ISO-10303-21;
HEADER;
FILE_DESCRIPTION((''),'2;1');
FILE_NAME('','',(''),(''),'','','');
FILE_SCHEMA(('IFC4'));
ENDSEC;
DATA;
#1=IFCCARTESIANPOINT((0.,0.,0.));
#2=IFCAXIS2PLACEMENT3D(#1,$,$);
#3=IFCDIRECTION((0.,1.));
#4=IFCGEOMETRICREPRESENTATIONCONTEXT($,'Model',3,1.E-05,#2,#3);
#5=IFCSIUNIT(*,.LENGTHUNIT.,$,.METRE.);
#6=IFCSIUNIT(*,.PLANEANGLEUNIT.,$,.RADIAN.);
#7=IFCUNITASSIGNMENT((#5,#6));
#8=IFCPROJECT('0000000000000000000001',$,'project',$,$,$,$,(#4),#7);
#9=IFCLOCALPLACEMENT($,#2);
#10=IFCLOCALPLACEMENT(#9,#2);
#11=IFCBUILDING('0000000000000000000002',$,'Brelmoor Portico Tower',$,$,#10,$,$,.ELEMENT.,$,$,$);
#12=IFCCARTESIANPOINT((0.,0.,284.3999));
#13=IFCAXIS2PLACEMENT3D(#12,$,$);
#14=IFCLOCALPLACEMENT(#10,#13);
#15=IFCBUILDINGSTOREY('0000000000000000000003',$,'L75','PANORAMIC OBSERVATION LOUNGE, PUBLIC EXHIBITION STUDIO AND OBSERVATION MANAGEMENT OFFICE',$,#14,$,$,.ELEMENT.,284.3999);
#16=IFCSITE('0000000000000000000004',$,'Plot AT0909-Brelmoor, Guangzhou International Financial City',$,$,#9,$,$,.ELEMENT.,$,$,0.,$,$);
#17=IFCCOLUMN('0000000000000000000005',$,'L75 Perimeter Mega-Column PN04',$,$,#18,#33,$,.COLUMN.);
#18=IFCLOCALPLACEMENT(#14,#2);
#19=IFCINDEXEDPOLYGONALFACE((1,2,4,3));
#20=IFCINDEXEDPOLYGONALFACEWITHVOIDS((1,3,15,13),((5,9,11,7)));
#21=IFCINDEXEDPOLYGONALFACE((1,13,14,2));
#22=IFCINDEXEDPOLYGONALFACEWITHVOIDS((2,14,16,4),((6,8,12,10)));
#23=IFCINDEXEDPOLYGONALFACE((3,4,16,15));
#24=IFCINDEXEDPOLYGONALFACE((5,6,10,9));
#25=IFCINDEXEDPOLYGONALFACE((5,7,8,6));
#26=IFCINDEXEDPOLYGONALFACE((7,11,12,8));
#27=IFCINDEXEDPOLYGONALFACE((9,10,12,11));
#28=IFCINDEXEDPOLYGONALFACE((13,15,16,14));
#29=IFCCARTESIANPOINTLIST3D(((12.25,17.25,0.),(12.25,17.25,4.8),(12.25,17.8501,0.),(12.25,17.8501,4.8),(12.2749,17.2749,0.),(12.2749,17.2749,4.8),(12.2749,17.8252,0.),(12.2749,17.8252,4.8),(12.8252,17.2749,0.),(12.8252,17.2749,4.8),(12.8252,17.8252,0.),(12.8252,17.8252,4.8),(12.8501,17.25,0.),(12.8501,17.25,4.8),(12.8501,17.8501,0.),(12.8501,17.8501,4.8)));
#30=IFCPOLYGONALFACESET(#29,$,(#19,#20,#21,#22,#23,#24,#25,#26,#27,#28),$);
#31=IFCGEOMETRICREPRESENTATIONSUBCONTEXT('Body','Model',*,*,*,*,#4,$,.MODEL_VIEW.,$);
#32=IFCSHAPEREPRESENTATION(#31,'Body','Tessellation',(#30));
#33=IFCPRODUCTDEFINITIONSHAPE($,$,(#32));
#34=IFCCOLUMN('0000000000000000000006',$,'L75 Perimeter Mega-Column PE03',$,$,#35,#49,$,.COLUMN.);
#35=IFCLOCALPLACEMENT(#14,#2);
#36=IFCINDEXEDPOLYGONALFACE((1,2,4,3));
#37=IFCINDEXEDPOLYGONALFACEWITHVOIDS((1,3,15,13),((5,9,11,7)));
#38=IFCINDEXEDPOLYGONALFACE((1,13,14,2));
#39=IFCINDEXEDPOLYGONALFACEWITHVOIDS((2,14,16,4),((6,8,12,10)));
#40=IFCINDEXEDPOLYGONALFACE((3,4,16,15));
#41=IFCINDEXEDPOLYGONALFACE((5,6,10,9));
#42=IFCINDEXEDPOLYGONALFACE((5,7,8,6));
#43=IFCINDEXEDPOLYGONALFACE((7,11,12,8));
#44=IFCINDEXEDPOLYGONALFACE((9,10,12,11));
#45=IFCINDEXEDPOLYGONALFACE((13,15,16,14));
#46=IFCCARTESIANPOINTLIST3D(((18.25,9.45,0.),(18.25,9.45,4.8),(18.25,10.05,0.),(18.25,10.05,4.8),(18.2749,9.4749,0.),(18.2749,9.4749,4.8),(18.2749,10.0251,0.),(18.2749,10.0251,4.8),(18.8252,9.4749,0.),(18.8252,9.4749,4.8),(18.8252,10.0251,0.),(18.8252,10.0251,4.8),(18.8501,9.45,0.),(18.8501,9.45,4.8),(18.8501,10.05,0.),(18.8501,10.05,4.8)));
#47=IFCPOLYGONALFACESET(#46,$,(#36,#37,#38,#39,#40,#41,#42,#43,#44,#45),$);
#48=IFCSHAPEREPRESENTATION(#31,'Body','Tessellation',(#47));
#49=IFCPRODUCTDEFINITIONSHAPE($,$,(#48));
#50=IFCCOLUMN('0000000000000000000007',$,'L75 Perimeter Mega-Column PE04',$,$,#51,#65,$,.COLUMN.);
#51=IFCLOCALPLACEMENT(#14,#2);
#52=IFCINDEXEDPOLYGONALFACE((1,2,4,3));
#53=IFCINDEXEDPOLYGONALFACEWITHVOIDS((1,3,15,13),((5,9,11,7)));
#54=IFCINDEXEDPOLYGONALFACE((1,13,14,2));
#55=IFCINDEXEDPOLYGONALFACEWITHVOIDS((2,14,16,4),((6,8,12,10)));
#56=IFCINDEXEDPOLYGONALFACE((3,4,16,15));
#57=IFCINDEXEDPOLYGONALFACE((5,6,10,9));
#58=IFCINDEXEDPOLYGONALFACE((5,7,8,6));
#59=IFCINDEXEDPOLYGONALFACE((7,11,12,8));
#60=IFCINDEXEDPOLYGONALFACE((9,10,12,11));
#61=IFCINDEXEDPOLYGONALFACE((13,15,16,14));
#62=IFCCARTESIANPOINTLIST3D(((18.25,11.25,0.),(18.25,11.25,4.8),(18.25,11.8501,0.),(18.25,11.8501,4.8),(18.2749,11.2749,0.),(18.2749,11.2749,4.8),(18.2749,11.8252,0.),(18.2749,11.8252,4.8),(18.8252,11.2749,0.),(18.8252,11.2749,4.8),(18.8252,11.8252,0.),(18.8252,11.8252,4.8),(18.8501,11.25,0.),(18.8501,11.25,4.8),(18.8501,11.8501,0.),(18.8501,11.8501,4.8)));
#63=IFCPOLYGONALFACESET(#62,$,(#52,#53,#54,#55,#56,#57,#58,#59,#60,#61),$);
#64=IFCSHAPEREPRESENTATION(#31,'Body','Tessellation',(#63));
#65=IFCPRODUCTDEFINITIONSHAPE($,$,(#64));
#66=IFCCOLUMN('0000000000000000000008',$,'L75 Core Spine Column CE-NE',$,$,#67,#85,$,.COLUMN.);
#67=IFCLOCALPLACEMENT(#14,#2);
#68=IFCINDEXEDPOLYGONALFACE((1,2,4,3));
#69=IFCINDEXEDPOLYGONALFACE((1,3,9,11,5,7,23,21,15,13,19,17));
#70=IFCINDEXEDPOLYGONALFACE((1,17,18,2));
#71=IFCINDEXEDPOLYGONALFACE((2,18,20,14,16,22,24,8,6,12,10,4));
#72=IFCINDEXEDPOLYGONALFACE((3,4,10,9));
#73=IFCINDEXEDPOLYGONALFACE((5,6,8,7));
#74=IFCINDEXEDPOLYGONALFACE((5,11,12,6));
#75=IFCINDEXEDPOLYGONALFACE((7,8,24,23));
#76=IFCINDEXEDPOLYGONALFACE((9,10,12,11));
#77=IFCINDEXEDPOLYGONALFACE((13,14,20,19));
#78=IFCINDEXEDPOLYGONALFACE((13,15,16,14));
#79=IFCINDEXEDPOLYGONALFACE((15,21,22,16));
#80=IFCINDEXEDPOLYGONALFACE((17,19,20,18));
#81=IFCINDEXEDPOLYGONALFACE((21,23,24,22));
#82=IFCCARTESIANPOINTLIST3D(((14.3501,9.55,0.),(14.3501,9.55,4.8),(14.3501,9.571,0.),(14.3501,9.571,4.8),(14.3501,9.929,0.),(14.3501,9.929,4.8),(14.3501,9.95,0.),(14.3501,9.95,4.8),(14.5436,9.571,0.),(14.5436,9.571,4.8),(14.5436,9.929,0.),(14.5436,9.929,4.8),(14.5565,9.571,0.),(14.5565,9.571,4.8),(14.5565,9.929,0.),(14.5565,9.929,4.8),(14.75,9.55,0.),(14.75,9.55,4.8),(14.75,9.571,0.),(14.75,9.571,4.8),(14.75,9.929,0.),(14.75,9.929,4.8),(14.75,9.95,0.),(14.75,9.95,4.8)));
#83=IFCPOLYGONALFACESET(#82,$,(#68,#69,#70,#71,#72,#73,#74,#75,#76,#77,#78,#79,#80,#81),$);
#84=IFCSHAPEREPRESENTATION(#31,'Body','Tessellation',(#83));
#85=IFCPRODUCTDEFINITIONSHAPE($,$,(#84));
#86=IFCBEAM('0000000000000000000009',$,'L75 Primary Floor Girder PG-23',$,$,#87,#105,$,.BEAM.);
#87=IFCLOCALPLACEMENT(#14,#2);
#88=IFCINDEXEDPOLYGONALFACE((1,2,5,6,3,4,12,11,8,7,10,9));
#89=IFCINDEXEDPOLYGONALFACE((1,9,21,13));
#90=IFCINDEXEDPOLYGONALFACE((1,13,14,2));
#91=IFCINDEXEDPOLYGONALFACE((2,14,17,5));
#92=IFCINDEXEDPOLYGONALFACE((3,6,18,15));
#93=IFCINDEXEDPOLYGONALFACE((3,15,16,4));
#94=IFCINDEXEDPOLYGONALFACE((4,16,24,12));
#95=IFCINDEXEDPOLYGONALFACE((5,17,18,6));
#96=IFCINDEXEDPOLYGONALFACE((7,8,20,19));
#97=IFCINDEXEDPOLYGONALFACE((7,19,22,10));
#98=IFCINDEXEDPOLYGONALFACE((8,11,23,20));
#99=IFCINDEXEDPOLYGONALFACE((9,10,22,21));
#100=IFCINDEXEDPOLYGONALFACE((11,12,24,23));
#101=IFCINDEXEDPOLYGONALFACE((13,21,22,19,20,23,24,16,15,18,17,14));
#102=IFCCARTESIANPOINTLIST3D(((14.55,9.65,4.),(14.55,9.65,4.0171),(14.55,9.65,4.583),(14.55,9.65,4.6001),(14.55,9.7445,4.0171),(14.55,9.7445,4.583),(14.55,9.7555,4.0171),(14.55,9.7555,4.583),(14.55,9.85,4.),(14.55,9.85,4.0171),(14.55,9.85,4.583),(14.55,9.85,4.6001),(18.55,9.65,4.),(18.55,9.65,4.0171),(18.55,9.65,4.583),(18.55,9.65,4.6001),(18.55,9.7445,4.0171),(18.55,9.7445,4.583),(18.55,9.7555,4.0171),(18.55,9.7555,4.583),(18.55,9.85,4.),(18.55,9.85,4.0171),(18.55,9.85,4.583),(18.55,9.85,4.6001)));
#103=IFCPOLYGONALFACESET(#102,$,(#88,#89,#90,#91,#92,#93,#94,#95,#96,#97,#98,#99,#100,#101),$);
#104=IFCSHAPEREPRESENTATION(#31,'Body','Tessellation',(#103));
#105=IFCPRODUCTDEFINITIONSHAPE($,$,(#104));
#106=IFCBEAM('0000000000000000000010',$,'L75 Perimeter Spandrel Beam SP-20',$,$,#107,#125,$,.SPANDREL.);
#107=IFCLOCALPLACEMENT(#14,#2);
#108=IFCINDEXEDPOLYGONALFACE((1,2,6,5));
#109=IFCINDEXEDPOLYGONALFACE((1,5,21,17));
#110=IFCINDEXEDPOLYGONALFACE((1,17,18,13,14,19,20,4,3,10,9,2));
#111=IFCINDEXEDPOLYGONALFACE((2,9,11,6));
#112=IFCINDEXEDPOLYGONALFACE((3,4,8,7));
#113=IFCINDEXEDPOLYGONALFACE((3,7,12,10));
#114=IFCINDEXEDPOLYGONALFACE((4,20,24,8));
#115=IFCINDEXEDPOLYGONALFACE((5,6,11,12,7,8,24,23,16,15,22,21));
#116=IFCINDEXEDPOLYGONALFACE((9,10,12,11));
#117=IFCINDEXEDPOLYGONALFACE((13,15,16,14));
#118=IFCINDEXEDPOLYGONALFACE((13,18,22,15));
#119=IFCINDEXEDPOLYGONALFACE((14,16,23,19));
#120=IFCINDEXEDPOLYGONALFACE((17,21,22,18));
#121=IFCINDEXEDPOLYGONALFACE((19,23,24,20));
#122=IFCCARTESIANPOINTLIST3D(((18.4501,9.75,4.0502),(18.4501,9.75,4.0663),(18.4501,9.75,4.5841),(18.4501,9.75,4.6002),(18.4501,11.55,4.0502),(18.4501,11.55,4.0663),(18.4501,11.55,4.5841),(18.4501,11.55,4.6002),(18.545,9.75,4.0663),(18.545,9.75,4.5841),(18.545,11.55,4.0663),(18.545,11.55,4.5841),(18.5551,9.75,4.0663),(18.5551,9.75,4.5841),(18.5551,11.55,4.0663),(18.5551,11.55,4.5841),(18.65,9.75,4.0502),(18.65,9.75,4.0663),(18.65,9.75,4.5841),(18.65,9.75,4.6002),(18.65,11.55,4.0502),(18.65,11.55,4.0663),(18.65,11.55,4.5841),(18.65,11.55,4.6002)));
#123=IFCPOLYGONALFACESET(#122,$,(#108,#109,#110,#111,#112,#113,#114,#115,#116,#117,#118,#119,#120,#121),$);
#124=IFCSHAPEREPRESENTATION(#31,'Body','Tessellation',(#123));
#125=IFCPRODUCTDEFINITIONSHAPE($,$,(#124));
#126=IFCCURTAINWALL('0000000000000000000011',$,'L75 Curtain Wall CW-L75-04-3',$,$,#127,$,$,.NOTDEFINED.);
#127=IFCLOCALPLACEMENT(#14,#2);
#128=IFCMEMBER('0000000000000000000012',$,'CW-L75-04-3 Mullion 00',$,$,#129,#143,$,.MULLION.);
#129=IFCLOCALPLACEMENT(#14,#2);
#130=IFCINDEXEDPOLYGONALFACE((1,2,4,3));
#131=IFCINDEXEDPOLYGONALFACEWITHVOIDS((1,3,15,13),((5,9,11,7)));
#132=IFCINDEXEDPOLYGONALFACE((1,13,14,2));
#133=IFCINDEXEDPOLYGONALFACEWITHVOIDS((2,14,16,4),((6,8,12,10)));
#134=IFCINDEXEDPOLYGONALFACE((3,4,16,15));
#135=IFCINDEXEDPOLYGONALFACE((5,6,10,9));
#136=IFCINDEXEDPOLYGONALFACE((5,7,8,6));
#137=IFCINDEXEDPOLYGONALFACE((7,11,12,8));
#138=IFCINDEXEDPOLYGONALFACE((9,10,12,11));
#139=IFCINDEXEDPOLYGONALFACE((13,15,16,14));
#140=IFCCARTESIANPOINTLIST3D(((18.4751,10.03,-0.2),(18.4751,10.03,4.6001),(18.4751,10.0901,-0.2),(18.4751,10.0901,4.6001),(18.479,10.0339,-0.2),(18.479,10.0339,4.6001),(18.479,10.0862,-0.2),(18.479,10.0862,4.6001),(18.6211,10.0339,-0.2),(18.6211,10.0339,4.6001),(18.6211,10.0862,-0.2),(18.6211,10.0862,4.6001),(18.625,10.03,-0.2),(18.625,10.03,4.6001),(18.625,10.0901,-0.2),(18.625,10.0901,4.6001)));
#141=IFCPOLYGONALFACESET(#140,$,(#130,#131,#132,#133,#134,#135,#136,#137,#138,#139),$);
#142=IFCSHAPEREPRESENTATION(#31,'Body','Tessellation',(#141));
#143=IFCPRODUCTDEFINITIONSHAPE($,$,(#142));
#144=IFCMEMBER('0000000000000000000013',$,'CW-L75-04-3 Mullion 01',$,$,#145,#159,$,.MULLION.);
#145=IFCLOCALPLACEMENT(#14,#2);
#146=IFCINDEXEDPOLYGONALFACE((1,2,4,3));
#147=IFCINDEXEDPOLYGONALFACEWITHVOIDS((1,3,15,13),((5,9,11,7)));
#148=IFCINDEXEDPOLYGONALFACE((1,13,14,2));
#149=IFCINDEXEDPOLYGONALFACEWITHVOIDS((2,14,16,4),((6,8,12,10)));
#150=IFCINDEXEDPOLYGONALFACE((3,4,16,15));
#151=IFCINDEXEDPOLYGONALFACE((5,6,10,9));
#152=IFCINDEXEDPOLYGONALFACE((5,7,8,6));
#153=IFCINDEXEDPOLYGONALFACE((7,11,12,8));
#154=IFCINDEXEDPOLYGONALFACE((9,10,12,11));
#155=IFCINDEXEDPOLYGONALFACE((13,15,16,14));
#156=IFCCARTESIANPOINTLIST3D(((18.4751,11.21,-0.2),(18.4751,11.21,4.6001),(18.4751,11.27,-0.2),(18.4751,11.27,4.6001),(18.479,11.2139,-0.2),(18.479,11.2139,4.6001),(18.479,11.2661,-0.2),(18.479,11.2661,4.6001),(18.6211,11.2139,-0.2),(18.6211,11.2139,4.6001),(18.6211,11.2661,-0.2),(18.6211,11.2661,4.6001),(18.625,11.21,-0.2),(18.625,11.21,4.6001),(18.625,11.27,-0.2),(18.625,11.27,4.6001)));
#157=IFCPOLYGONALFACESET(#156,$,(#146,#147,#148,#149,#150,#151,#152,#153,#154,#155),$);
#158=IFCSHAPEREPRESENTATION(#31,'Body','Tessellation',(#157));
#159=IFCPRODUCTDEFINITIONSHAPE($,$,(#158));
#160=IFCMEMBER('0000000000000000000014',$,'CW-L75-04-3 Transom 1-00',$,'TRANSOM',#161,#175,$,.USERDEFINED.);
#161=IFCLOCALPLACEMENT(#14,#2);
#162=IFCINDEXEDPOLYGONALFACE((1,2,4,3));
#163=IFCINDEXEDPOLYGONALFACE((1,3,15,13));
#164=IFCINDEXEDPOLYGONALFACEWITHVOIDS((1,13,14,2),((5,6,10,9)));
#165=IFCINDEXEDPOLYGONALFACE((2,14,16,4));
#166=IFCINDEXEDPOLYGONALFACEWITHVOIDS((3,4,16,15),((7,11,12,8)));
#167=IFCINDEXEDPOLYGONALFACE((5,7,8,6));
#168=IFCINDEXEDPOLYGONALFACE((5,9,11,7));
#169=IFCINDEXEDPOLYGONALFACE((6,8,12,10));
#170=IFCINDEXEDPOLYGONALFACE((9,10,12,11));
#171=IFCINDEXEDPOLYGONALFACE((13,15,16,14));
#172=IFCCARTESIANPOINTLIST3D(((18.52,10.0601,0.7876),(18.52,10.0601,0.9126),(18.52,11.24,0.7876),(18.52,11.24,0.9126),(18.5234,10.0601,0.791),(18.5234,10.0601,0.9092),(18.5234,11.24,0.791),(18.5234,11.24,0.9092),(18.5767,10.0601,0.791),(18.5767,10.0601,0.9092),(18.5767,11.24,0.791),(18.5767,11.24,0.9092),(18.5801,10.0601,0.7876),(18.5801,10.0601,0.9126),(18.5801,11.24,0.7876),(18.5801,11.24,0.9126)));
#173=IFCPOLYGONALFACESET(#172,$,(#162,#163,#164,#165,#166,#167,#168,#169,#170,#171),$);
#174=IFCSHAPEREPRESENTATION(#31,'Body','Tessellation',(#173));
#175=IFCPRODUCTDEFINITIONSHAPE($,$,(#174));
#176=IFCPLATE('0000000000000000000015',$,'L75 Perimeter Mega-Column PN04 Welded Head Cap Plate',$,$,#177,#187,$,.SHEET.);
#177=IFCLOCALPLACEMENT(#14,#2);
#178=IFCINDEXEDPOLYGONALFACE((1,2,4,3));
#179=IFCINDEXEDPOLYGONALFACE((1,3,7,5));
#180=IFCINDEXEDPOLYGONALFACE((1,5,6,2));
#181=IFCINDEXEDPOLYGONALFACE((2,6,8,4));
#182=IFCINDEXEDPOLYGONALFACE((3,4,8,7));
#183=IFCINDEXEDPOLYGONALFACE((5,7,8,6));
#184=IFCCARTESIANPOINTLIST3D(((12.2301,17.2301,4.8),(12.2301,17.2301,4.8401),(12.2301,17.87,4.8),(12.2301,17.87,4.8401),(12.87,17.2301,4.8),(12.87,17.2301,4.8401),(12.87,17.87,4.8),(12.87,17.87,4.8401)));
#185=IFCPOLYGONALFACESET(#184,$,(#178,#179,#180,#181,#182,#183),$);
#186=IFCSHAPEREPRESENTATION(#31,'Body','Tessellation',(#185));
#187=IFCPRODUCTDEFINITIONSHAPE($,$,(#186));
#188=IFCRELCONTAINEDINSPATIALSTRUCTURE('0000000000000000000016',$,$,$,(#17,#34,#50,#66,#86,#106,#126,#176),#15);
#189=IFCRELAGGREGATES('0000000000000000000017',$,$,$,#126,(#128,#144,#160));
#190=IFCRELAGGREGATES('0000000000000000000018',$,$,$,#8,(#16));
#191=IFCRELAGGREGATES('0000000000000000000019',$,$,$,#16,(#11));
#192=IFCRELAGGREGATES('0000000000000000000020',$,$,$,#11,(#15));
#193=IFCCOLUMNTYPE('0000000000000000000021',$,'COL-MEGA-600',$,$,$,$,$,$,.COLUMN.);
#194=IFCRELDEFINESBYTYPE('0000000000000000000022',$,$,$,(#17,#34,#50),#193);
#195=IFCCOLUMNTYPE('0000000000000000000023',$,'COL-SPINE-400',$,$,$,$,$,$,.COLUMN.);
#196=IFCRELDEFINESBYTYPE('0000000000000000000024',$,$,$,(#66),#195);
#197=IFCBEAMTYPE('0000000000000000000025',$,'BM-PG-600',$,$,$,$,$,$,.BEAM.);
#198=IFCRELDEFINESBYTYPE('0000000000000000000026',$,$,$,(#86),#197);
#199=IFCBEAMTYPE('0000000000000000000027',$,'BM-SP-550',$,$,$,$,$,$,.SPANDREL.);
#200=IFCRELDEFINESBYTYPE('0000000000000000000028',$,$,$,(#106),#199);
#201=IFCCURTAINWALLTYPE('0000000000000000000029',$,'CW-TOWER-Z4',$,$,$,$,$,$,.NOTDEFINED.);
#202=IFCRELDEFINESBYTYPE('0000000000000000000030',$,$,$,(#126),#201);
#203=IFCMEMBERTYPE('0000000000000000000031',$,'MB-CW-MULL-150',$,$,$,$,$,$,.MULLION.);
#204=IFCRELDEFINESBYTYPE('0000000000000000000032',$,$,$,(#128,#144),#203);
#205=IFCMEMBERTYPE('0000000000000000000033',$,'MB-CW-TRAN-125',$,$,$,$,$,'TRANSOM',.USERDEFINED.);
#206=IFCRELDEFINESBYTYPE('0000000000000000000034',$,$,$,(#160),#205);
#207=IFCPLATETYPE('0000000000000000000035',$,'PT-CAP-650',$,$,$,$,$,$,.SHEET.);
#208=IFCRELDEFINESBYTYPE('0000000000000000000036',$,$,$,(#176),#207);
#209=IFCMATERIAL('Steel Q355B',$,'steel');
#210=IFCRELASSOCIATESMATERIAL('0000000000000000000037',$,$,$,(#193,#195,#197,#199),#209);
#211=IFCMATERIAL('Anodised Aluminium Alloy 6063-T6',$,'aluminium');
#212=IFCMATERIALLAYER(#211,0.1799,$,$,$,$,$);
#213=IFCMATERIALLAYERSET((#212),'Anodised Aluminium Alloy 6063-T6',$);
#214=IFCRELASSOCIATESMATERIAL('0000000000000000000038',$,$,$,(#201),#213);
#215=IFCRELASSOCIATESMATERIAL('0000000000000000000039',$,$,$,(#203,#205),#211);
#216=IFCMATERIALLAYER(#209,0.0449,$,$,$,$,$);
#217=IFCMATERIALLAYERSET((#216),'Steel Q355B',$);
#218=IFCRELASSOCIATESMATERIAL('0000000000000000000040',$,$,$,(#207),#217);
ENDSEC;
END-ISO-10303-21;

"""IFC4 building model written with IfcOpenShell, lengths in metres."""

from ifc_helpers import new_model, si_unit, direction, frame, origin, origin_2d, place, context, subcontext, project, spatial, rectangle, hollow_rectangle, i_section, extrude, material, layer, layer_set, material_profile, profile_set, type_object, element, aggregate, save


model = new_model("IFC4")

# Units and contexts
model_context = context("Model", 3, precision=1e-05, world=origin(), true_north=direction((0.0, 1.0)))
body_context = subcontext(model_context, "Body", "Model", "MODEL_VIEW")
ifc_project = project(units=[si_unit("LENGTHUNIT", "METRE"), si_unit("PLANEANGLEUNIT", "RADIAN")], contexts=[model_context])

# Site, building, storey
site_placement = place(None, origin())
site = spatial("IfcSite", under=ifc_project, at=site_placement, Name="Plot AT0909-Brelmoor, Guangzhou International Financial City", CompositionType="ELEMENT", RefElevation=0.0)
building_placement = place(site_placement, origin())
building = spatial("IfcBuilding", under=site, at=building_placement, Name="Brelmoor Portico Tower", CompositionType="ELEMENT")
storey_placement = place(building_placement, frame((0.0, 0.0, 284.3999)))
storey = spatial("IfcBuildingStorey", under=building, at=storey_placement, Name="L75", Description="PANORAMIC OBSERVATION LOUNGE, PUBLIC EXHIBITION STUDIO AND OBSERVATION MANAGEMENT OFFICE", CompositionType="ELEMENT", Elevation=284.3999)

# Columns
ifc_material_1 = material(Name="Steel Q355B", Category="steel")
ifc_material_profile_1 = material_profile(ifc_material_1, hollow_rectangle(XDim=0.6001, YDim=0.6001, WallThickness=0.0249, at=origin_2d()), Name="BOX 600x600x25")
ifc_profile_set_1 = profile_set([ifc_material_profile_1], Name="Steel Q355B")
column_type_1 = type_object("IfcColumnType", Name="COL-MEGA-600", PredefinedType="COLUMN", material=ifc_profile_set_1)
for number, where, z_axis, x_axis, name in (
    (1, (12.55, 17.55, 0.0), (0.0, 0.0, 1.0), (1.0, 0.0, 0.0), "L75 Perimeter Mega-Column PN04"),
    (2, (18.55, 9.75, 0.0), (0.0, 0.0, 1.0), (0.0, 1.0, 0.0), "L75 Perimeter Mega-Column PE03"),
    (3, (18.55, 11.55, 0.0), (0.0, 0.0, 1.0), (0.0, 1.0, 0.0), "L75 Perimeter Mega-Column PE04"),
):
    element("IfcColumn", number, at=place(storey_placement, frame(where, z_axis=z_axis, x_axis=x_axis)), inside=storey, type_object=column_type_1, Name=name, PredefinedType="COLUMN", context=body_context, shape_type="SweptSolid", body=[
        extrude(hollow_rectangle(XDim=0.6001, YDim=0.6001, WallThickness=0.0249, at=origin_2d()), origin(), (0.0, 0.0, 1.0), 4.8),
    ])
ifc_material_profile_2 = material_profile(ifc_material_1, i_section(OverallWidth=0.3999, OverallDepth=0.3999, WebThickness=0.0129, FlangeThickness=0.021, at=origin_2d()), Name="HW 400x400x13x21")
ifc_profile_set_2 = profile_set([ifc_material_profile_2], Name="Steel Q355B")
column_type_2 = type_object("IfcColumnType", Name="COL-SPINE-400", PredefinedType="COLUMN", material=ifc_profile_set_2)
column_placement = place(storey_placement, frame((14.55, 9.75, 0.0), z_axis=(0.0, 0.0, 1.0), x_axis=(1.0, 0.0, 0.0)))
element("IfcColumn", 4, at=column_placement, inside=storey, type_object=column_type_2, Name="L75 Core Spine Column CE-NE", PredefinedType="COLUMN", context=body_context, shape_type="SweptSolid", body=[
    extrude(i_section(OverallWidth=0.3999, OverallDepth=0.3999, WebThickness=0.0129, FlangeThickness=0.021, at=origin_2d()), origin(), (0.0, 0.0, 1.0), 4.8),
])

# Beams
ifc_material_profile_3 = material_profile(ifc_material_1, i_section(OverallWidth=0.2, OverallDepth=0.6001, WebThickness=0.011, FlangeThickness=0.0171, at=origin_2d()), Name="HN 600x200x11x17")
ifc_profile_set_3 = profile_set([ifc_material_profile_3], Name="Steel Q355B")
beam_type_1 = type_object("IfcBeamType", Name="BM-PG-600", PredefinedType="BEAM", material=ifc_profile_set_3)
beam_1_placement = place(storey_placement, frame((14.55, 9.75, 4.3), z_axis=(1.0, 0.0, 0.0), x_axis=(0.0, 1.0, 0.0)))
element("IfcBeam", 5, at=beam_1_placement, inside=storey, type_object=beam_type_1, Name="L75 Primary Floor Girder PG-23", PredefinedType="BEAM", context=body_context, shape_type="SweptSolid", body=[
    extrude(i_section(OverallWidth=0.2, OverallDepth=0.6001, WebThickness=0.011, FlangeThickness=0.0171, at=origin_2d()), origin(), (0.0, 0.0, 1.0), 4.0),
])
ifc_material_profile_4 = material_profile(ifc_material_1, i_section(OverallWidth=0.2, OverallDepth=0.55, WebThickness=0.01, FlangeThickness=0.0161, at=origin_2d()), Name="HN 550x200x10x16")
ifc_profile_set_4 = profile_set([ifc_material_profile_4], Name="Steel Q355B")
beam_type_2 = type_object("IfcBeamType", Name="BM-SP-550", PredefinedType="SPANDREL", material=ifc_profile_set_4)
beam_2_placement = place(storey_placement, frame((18.55, 9.75, 4.3252), z_axis=(0.0, 1.0, 0.0), x_axis=(-1.0, 0.0, 0.0)))
element("IfcBeam", 6, at=beam_2_placement, inside=storey, type_object=beam_type_2, Name="L75 Perimeter Spandrel Beam SP-20", PredefinedType="SPANDREL", context=body_context, shape_type="SweptSolid", body=[
    extrude(i_section(OverallWidth=0.2, OverallDepth=0.55, WebThickness=0.01, FlangeThickness=0.0161, at=origin_2d()), origin(), (0.0, 0.0, 1.0), 1.8),
])

# Curtain wall, members
ifc_material_2 = material(Name="Anodised Aluminium Alloy 6063-T6", Category="aluminium")
ifc_layer_1 = layer(ifc_material_2, 0.1799)
ifc_layer_set_1 = layer_set([ifc_layer_1], Name="Anodised Aluminium Alloy 6063-T6")
curtain_wall_type = type_object("IfcCurtainWallType", Name="CW-TOWER-Z4", PredefinedType="NOTDEFINED", material=ifc_layer_set_1)
curtain_wall_placement = place(storey_placement, origin())
curtain_wall = element("IfcCurtainWall", 7, at=curtain_wall_placement, inside=storey, type_object=curtain_wall_type, Name="L75 Curtain Wall CW-L75-04-3", PredefinedType="NOTDEFINED")
ifc_material_profile_5 = material_profile(ifc_material_2, hollow_rectangle(XDim=0.0601, YDim=0.1499, WallThickness=0.0039, at=origin_2d()), Name="ALU MULLION 60x150")
ifc_profile_set_5 = profile_set([ifc_material_profile_5], Name="Anodised Aluminium Alloy 6063-T6")
member_type_1 = type_object("IfcMemberType", Name="MB-CW-MULL-150", PredefinedType="MULLION", material=ifc_profile_set_5)
member_1_placement = place(storey_placement, frame((18.55, 10.0601, -0.2), z_axis=(0.0, 0.0, 1.0), x_axis=(0.0, 1.0, 0.0)))
member_1 = element("IfcMember", 8, at=member_1_placement, type_object=member_type_1, Name="CW-L75-04-3 Mullion 00", PredefinedType="MULLION", context=body_context, shape_type="SweptSolid", body=[
    extrude(hollow_rectangle(XDim=0.0601, YDim=0.1499, WallThickness=0.0039, at=origin_2d()), origin(), (0.0, 0.0, 1.0), 4.8),
])
member_2_placement = place(storey_placement, frame((18.55, 11.24, -0.2), z_axis=(0.0, 0.0, 1.0), x_axis=(0.0, 1.0, 0.0)))
member_2 = element("IfcMember", 9, at=member_2_placement, type_object=member_type_1, Name="CW-L75-04-3 Mullion 01", PredefinedType="MULLION", context=body_context, shape_type="SweptSolid", body=[
    extrude(hollow_rectangle(XDim=0.0601, YDim=0.1499, WallThickness=0.0039, at=origin_2d()), origin(), (0.0, 0.0, 1.0), 4.8),
])
ifc_material_profile_6 = material_profile(ifc_material_2, hollow_rectangle(XDim=0.0601, YDim=0.125, WallThickness=0.0034, at=origin_2d()), Name="ALU TRANSOM 60x125")
ifc_profile_set_6 = profile_set([ifc_material_profile_6], Name="Anodised Aluminium Alloy 6063-T6")
member_type_2 = type_object("IfcMemberType", Name="MB-CW-TRAN-125", ElementType="TRANSOM", PredefinedType="USERDEFINED", material=ifc_profile_set_6)
member_3_placement = place(storey_placement, frame((18.55, 10.0601, 0.8501), z_axis=(0.0, 1.0, 0.0), x_axis=(-1.0, 0.0, 0.0)))
member_3 = element("IfcMember", 10, at=member_3_placement, type_object=member_type_2, Name="CW-L75-04-3 Transom 1-00", ObjectType="TRANSOM", PredefinedType="USERDEFINED", context=body_context, shape_type="SweptSolid", body=[
    extrude(hollow_rectangle(XDim=0.0601, YDim=0.125, WallThickness=0.0034, at=origin_2d()), origin(), (0.0, 0.0, 1.0), 1.1799),
])

# Plate
ifc_layer_2 = layer(ifc_material_1, 0.0449)
ifc_layer_set_2 = layer_set([ifc_layer_2], Name="Steel Q355B")
plate_type_1 = type_object("IfcPlateType", Name="PT-CAP-650", PredefinedType="SHEET", material=ifc_layer_set_2)
for number, where, z_axis, x_axis, name in (
    (11, (12.55, 17.55, 4.8), (0.0, 0.0, 1.0), (1.0, 0.0, 0.0), "L75 Perimeter Mega-Column PN04 Welded Head Cap Plate"),
):
    element("IfcPlate", number, at=place(storey_placement, frame(where, z_axis=z_axis, x_axis=x_axis)), inside=storey, type_object=plate_type_1, Name=name, PredefinedType="SHEET", context=body_context, shape_type="SweptSolid", body=[
        extrude(rectangle(XDim=0.6399, YDim=0.6399, at=origin_2d()), origin(), (0.0, 0.0, 1.0), 0.04),
    ])

aggregate(curtain_wall, [member_1, member_2, member_3])

save(model, "model.ifc")
